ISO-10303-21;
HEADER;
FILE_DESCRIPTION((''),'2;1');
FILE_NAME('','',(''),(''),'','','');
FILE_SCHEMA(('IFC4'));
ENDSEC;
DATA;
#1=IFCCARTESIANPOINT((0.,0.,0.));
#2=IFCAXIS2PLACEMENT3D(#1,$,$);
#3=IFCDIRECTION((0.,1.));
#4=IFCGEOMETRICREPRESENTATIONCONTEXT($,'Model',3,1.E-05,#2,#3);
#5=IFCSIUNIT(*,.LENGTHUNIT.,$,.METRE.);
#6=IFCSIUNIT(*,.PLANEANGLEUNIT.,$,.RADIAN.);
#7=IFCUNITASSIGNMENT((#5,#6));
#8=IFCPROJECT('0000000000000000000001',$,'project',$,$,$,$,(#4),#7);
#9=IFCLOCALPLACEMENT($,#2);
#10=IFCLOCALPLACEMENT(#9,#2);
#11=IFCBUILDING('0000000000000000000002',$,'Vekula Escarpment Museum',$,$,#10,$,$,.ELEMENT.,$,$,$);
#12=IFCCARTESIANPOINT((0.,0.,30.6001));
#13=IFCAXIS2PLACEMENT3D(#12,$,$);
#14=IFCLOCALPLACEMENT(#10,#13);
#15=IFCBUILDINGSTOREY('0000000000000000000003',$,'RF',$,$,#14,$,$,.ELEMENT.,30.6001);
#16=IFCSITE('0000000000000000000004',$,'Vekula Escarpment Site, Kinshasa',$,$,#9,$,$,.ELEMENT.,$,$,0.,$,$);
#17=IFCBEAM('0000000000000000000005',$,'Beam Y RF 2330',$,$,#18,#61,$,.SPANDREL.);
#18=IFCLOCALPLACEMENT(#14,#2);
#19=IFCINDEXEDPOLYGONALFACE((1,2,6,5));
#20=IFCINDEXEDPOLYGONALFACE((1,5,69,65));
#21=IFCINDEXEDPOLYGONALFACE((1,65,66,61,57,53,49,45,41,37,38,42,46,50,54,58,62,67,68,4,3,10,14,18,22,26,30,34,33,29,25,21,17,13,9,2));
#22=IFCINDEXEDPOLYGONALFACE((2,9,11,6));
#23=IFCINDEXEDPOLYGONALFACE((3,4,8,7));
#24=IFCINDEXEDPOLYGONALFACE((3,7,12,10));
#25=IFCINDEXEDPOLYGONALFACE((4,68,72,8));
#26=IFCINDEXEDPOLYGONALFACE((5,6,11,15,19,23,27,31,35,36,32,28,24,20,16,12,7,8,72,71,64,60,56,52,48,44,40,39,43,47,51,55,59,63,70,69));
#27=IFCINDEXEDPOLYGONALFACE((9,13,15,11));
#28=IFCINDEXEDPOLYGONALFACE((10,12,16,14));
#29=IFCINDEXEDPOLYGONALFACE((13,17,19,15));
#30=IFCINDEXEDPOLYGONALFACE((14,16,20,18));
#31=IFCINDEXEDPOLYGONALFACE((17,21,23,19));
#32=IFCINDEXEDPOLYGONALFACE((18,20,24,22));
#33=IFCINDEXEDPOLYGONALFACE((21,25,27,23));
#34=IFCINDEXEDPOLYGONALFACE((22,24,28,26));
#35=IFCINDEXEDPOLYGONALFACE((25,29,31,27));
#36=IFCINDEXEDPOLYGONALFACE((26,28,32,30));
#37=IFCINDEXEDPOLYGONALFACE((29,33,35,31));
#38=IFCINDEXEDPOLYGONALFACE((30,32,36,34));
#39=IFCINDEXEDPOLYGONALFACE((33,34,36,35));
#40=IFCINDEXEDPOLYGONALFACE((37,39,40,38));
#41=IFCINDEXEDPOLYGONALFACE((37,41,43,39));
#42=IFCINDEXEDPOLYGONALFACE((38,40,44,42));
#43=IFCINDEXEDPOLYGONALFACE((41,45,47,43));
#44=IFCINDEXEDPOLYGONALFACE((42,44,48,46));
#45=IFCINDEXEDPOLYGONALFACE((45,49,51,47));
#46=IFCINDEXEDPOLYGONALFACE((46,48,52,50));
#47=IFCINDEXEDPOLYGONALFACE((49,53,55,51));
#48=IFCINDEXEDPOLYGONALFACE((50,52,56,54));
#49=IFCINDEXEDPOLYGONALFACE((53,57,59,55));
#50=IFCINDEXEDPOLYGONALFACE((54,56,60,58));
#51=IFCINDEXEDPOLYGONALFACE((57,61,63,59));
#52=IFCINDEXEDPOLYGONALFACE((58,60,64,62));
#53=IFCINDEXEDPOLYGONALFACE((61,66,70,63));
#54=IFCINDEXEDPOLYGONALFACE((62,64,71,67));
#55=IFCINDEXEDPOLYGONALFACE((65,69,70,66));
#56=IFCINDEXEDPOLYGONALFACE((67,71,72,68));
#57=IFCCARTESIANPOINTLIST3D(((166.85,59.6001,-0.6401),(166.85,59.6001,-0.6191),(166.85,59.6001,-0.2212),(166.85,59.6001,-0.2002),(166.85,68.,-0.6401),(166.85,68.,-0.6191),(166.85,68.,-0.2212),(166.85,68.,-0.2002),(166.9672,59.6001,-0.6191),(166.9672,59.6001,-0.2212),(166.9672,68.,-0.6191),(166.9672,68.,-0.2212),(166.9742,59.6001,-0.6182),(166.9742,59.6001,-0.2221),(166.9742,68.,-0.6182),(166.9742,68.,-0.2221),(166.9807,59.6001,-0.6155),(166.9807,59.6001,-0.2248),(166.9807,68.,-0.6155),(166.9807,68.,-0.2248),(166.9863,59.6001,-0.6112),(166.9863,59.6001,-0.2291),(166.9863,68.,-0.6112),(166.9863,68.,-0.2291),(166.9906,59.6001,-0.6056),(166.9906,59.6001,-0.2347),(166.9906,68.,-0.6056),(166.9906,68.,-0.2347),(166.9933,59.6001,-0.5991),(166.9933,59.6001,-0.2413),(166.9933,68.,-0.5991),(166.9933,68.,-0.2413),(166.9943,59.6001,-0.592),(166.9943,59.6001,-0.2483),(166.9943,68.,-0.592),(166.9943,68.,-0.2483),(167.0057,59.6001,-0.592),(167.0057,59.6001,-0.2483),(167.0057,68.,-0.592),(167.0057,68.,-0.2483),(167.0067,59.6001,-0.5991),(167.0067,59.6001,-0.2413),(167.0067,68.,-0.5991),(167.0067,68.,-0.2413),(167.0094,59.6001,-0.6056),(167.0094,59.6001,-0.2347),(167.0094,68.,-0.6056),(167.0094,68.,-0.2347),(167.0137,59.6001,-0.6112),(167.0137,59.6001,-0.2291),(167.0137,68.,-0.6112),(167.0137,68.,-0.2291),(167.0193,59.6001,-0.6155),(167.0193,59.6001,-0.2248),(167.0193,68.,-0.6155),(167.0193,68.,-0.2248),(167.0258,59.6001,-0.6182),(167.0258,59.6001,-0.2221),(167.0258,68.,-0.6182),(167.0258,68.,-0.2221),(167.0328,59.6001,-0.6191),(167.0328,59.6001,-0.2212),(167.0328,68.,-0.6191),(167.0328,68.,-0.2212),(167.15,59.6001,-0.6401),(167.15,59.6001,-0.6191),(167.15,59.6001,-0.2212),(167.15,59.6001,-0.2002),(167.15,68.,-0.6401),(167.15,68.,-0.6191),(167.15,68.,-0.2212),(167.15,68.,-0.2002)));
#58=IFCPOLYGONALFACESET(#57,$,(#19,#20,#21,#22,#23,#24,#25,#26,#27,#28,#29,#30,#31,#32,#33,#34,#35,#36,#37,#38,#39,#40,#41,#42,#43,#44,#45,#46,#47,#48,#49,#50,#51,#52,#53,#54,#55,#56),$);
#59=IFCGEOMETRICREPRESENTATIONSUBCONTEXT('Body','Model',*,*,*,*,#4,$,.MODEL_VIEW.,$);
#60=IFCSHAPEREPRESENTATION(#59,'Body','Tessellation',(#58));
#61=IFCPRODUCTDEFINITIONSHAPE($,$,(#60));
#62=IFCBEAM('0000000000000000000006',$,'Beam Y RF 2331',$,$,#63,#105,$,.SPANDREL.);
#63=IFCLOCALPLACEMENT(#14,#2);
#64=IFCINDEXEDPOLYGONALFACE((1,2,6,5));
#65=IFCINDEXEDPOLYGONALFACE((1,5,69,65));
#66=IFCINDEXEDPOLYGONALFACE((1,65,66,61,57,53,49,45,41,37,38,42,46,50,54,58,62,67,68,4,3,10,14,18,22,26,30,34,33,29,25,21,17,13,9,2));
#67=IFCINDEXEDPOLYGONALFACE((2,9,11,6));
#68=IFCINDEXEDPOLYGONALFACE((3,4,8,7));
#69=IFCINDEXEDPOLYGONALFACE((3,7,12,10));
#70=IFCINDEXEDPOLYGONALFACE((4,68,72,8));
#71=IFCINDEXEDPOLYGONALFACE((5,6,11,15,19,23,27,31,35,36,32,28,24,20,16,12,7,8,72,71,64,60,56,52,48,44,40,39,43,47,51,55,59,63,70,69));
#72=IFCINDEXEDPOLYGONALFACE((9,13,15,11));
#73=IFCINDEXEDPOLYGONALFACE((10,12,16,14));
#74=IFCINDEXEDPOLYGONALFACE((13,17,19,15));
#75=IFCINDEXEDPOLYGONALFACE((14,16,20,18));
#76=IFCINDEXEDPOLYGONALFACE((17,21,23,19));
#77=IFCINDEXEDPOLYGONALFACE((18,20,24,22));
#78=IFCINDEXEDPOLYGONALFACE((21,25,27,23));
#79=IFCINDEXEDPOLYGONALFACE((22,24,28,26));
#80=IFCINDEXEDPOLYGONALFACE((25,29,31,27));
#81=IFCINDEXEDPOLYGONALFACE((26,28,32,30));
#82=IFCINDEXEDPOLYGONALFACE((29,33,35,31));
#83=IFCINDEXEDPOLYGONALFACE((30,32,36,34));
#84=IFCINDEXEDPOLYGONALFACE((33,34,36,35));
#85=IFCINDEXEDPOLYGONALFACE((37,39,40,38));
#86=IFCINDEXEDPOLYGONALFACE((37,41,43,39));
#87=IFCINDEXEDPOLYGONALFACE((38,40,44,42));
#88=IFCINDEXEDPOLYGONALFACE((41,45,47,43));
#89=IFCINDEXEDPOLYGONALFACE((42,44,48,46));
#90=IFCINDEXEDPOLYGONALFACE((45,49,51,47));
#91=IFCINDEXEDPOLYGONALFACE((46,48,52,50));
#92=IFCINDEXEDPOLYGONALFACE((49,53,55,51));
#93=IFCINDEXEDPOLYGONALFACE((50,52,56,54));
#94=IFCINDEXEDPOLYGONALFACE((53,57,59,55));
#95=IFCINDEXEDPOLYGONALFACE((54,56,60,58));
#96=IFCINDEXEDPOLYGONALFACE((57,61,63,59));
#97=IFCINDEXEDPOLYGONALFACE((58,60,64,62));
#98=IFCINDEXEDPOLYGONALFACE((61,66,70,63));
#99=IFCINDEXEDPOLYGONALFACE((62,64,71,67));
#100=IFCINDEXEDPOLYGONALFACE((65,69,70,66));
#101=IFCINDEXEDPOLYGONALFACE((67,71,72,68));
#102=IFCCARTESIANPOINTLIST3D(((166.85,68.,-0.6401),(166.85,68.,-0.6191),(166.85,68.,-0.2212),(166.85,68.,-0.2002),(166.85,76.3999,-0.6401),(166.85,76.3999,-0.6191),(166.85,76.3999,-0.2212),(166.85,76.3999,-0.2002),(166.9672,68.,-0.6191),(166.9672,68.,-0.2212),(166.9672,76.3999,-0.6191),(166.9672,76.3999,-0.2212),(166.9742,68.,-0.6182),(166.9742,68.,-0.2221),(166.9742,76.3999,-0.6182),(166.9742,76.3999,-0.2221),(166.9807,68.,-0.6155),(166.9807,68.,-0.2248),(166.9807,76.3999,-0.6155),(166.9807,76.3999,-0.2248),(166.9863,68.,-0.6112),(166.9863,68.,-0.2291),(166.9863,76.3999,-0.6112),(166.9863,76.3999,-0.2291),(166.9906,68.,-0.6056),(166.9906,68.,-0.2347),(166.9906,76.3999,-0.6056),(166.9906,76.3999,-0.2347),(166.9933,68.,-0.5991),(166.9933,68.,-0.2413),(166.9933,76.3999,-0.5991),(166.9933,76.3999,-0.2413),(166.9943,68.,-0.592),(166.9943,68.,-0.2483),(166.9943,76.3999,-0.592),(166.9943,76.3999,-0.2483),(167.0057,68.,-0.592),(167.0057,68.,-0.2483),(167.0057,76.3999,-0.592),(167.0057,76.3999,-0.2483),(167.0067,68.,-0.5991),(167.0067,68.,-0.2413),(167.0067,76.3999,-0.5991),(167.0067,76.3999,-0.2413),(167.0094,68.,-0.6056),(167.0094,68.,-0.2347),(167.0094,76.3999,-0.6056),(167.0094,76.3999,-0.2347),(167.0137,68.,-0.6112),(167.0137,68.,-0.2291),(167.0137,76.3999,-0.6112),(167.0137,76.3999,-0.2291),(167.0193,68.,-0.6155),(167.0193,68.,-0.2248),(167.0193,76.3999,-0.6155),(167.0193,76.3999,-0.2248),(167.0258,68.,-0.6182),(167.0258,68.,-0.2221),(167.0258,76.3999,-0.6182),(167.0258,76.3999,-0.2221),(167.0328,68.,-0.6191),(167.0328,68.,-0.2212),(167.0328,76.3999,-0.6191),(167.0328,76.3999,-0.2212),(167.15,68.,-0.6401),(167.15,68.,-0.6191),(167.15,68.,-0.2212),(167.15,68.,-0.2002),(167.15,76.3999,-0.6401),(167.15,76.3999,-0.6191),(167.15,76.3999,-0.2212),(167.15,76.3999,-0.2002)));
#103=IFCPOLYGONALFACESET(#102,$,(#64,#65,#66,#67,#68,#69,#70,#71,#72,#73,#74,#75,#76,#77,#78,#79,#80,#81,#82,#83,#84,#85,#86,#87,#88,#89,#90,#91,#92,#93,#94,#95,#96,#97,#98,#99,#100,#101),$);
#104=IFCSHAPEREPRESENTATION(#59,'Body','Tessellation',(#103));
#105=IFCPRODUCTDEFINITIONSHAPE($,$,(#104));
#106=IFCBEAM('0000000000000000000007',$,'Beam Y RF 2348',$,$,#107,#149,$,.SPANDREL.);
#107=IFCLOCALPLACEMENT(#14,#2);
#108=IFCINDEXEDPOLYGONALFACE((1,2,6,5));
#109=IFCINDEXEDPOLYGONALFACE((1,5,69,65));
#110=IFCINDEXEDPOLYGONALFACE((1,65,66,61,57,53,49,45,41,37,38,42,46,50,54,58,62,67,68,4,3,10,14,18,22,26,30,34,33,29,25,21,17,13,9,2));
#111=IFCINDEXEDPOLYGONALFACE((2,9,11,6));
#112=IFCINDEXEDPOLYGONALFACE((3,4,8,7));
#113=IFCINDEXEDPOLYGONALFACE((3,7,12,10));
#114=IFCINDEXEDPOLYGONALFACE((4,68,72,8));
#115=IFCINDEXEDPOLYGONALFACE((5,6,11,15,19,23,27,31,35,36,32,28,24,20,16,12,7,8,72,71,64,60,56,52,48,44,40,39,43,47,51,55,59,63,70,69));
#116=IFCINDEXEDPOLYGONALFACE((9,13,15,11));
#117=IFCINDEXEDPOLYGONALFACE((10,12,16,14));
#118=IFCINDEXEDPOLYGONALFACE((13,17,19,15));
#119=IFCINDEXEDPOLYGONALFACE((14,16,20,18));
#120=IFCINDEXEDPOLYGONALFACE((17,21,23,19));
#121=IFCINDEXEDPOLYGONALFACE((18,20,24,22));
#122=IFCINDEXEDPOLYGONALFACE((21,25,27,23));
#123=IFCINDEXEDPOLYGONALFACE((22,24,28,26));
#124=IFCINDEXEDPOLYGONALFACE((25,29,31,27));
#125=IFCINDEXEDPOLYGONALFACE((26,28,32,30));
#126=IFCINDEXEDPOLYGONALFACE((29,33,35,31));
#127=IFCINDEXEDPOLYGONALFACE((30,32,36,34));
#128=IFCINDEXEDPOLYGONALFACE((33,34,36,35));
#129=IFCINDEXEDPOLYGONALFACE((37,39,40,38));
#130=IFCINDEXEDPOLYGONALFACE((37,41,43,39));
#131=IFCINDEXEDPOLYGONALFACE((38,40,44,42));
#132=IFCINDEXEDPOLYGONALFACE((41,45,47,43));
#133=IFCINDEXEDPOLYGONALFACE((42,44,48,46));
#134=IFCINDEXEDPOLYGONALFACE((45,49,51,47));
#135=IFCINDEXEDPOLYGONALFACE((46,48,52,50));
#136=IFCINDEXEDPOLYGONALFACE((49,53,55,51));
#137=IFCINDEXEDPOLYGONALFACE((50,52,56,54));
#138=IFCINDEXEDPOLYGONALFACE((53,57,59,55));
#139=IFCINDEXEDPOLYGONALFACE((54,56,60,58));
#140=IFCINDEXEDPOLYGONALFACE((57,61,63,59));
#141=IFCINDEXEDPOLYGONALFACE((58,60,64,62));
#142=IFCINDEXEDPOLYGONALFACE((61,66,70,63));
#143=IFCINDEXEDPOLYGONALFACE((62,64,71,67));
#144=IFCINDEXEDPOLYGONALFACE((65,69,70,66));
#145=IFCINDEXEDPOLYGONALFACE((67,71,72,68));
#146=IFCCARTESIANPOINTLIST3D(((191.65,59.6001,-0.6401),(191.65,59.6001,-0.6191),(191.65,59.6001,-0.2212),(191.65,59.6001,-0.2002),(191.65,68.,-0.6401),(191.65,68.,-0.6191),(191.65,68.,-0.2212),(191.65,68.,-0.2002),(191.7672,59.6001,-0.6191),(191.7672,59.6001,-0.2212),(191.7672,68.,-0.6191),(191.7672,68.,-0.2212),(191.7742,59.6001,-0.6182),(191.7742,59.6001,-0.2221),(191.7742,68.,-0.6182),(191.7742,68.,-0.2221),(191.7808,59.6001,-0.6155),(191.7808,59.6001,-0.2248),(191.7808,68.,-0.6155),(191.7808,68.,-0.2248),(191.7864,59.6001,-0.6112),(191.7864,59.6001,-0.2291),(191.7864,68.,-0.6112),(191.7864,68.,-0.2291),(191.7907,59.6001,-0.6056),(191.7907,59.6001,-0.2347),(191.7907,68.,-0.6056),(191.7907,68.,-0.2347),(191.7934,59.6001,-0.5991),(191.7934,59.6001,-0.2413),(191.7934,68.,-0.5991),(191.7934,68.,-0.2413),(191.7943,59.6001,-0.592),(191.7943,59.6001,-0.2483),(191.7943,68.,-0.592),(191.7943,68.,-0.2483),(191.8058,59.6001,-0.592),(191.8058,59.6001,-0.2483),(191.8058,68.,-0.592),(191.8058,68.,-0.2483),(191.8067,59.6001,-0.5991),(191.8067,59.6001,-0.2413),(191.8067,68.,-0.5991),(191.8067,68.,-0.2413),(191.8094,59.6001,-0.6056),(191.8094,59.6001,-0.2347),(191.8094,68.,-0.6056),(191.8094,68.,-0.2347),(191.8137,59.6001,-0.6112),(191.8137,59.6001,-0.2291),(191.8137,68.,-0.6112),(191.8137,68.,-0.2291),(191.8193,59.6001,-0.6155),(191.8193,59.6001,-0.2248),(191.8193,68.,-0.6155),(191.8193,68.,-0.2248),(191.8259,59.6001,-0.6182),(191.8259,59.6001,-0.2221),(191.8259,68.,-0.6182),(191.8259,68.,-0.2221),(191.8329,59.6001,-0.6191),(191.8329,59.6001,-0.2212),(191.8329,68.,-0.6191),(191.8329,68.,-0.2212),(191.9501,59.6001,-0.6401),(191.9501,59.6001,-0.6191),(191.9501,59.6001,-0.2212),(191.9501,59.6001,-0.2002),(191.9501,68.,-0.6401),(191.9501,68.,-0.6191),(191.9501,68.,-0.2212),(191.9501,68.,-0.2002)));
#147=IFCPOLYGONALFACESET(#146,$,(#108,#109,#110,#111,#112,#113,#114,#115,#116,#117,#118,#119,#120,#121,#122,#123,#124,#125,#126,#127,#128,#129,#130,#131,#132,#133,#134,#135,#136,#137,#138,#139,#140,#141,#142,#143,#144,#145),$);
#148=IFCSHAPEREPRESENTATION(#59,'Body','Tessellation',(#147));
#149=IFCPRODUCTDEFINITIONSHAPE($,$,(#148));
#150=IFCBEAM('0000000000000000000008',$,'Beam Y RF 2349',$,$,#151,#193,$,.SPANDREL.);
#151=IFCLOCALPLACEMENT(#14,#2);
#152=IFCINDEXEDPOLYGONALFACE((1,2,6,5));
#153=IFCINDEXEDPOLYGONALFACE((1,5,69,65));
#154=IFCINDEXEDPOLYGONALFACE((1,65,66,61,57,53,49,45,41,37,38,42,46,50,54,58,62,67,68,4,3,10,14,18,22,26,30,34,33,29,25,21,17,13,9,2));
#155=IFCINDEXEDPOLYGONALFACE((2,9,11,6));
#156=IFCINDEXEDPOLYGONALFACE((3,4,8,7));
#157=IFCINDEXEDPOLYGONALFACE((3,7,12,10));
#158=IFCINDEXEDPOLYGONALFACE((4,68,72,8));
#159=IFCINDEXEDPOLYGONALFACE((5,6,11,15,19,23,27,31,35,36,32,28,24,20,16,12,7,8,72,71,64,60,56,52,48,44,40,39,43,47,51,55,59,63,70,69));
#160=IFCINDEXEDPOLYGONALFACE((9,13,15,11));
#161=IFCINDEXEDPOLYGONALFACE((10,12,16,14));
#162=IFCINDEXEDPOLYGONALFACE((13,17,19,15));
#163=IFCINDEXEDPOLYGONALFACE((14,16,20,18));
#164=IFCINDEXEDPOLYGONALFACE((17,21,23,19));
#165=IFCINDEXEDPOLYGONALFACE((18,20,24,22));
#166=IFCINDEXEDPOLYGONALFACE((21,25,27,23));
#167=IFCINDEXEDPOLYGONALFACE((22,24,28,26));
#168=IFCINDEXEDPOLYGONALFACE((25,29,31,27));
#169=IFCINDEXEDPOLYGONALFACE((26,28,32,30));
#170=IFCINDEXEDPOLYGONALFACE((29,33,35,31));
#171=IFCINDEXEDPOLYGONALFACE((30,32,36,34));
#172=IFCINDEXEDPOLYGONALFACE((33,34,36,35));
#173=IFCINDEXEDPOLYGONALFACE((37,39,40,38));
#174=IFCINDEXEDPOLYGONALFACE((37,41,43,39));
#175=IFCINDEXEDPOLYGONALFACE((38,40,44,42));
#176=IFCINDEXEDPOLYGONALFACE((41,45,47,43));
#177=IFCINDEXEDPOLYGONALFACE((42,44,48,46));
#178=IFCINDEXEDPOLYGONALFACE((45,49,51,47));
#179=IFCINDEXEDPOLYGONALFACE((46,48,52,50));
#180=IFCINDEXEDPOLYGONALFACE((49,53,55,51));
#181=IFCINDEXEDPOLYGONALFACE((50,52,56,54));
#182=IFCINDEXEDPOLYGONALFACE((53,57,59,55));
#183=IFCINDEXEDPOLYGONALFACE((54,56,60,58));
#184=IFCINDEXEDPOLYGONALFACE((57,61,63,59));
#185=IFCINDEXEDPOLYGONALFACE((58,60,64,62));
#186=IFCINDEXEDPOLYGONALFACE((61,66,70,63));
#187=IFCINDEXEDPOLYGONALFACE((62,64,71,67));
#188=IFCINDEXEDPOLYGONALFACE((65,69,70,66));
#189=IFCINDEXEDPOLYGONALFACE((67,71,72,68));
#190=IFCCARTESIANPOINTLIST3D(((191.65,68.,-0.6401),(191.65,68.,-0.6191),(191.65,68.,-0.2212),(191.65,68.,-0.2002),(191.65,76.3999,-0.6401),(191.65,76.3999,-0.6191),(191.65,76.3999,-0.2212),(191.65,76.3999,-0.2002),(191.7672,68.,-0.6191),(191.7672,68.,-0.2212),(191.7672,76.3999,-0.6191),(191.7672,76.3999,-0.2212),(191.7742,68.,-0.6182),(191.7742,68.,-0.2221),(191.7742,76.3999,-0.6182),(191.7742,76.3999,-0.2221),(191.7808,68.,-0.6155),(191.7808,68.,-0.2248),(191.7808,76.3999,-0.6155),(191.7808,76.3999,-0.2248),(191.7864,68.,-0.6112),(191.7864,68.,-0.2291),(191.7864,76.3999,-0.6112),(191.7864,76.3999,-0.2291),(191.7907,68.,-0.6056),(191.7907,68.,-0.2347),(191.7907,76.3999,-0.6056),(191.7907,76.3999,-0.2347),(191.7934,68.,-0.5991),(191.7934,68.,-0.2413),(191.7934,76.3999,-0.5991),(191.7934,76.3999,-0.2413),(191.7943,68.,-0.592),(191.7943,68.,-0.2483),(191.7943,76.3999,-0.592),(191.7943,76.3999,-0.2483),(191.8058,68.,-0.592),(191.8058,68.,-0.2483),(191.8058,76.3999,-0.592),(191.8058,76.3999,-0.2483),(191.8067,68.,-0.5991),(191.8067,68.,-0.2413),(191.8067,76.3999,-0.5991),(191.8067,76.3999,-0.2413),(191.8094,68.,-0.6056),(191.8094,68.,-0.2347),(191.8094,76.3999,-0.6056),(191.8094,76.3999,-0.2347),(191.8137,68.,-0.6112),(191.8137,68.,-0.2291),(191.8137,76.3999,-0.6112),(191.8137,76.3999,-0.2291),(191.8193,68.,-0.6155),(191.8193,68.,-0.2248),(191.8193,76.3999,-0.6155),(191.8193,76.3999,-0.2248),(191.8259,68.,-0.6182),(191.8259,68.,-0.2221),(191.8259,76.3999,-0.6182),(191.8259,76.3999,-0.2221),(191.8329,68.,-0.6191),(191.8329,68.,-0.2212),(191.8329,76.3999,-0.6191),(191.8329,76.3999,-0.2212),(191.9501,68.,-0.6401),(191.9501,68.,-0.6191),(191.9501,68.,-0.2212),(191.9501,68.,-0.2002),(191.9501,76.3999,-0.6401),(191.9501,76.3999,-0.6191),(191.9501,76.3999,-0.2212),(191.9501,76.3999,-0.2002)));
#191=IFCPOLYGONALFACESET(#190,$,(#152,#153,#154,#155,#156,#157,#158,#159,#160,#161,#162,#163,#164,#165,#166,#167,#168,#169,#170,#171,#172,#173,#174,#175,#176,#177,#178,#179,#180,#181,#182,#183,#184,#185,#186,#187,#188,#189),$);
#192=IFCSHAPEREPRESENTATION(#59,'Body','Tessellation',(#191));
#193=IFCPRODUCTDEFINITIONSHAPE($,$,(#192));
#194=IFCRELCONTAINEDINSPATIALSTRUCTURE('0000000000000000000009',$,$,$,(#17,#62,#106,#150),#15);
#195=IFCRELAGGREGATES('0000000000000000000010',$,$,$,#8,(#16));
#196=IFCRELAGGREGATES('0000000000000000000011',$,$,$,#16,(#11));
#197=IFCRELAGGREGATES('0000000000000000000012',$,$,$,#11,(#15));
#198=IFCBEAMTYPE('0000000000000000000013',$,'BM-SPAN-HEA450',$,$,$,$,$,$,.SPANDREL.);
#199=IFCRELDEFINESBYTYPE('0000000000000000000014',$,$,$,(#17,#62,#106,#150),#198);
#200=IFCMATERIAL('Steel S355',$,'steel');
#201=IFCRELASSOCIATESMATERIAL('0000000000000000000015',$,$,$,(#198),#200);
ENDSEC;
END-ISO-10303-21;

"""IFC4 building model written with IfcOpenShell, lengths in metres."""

from ifc_helpers import new_model, si_unit, direction, frame, origin, origin_2d, place, context, subcontext, project, spatial, i_section, extrude, material, material_profile, profile_set, type_object, element, save


model = new_model("IFC4")

# Units and contexts
model_context = context("Model", 3, precision=1e-05, world=origin(), true_north=direction((0.0, 1.0)))
body_context = subcontext(model_context, "Body", "Model", "MODEL_VIEW")
ifc_project = project(units=[si_unit("LENGTHUNIT", "METRE"), si_unit("PLANEANGLEUNIT", "RADIAN")], contexts=[model_context])

# Site, building, storey
site_placement = place(None, origin())
site = spatial("IfcSite", under=ifc_project, at=site_placement, Name="Vekula Escarpment Site, Kinshasa", CompositionType="ELEMENT", RefElevation=0.0)
building_placement = place(site_placement, origin())
building = spatial("IfcBuilding", under=site, at=building_placement, Name="Vekula Escarpment Museum", CompositionType="ELEMENT")
storey_placement = place(building_placement, frame((0.0, 0.0, 30.6001)))
storey = spatial("IfcBuildingStorey", under=building, at=storey_placement, Name="RF", CompositionType="ELEMENT", Elevation=30.6001)

# Beams
ifc_material_1 = material(Name="Steel S355", Category="steel")
ifc_material_profile_1 = material_profile(ifc_material_1, i_section(OverallWidth=0.3, OverallDepth=0.4399, WebThickness=0.0115, FlangeThickness=0.021, FilletRadius=0.0271, at=origin_2d()), Name="HEA 450")
ifc_profile_set_1 = profile_set([ifc_material_profile_1], Name="Steel S355")
beam_type_1 = type_object("IfcBeamType", Name="BM-SPAN-HEA450", PredefinedType="SPANDREL", material=ifc_profile_set_1)
for number, where, z_axis, x_axis, name in (
    (1, (167.0, 59.6001, -0.4202), (0.0, 1.0, 0.0), (-1.0, 0.0, 0.0), "Beam Y RF 2330"),
    (2, (167.0, 68.0, -0.4202), (0.0, 1.0, 0.0), (-1.0, 0.0, 0.0), "Beam Y RF 2331"),
    (3, (191.8, 59.6001, -0.4202), (0.0, 1.0, 0.0), (-1.0, 0.0, 0.0), "Beam Y RF 2348"),
    (4, (191.8, 68.0, -0.4202), (0.0, 1.0, 0.0), (-1.0, 0.0, 0.0), "Beam Y RF 2349"),
):
    element("IfcBeam", number, at=place(storey_placement, frame(where, z_axis=z_axis, x_axis=x_axis)), inside=storey, type_object=beam_type_1, Name=name, PredefinedType="SPANDREL", context=body_context, shape_type="SweptSolid", body=[
        extrude(i_section(OverallWidth=0.3, OverallDepth=0.4399, WebThickness=0.0115, FlangeThickness=0.021, FilletRadius=0.0271, at=origin_2d()), origin(), (0.0, 0.0, 1.0), 8.3999),
    ])

save(model, "model.ifc")
